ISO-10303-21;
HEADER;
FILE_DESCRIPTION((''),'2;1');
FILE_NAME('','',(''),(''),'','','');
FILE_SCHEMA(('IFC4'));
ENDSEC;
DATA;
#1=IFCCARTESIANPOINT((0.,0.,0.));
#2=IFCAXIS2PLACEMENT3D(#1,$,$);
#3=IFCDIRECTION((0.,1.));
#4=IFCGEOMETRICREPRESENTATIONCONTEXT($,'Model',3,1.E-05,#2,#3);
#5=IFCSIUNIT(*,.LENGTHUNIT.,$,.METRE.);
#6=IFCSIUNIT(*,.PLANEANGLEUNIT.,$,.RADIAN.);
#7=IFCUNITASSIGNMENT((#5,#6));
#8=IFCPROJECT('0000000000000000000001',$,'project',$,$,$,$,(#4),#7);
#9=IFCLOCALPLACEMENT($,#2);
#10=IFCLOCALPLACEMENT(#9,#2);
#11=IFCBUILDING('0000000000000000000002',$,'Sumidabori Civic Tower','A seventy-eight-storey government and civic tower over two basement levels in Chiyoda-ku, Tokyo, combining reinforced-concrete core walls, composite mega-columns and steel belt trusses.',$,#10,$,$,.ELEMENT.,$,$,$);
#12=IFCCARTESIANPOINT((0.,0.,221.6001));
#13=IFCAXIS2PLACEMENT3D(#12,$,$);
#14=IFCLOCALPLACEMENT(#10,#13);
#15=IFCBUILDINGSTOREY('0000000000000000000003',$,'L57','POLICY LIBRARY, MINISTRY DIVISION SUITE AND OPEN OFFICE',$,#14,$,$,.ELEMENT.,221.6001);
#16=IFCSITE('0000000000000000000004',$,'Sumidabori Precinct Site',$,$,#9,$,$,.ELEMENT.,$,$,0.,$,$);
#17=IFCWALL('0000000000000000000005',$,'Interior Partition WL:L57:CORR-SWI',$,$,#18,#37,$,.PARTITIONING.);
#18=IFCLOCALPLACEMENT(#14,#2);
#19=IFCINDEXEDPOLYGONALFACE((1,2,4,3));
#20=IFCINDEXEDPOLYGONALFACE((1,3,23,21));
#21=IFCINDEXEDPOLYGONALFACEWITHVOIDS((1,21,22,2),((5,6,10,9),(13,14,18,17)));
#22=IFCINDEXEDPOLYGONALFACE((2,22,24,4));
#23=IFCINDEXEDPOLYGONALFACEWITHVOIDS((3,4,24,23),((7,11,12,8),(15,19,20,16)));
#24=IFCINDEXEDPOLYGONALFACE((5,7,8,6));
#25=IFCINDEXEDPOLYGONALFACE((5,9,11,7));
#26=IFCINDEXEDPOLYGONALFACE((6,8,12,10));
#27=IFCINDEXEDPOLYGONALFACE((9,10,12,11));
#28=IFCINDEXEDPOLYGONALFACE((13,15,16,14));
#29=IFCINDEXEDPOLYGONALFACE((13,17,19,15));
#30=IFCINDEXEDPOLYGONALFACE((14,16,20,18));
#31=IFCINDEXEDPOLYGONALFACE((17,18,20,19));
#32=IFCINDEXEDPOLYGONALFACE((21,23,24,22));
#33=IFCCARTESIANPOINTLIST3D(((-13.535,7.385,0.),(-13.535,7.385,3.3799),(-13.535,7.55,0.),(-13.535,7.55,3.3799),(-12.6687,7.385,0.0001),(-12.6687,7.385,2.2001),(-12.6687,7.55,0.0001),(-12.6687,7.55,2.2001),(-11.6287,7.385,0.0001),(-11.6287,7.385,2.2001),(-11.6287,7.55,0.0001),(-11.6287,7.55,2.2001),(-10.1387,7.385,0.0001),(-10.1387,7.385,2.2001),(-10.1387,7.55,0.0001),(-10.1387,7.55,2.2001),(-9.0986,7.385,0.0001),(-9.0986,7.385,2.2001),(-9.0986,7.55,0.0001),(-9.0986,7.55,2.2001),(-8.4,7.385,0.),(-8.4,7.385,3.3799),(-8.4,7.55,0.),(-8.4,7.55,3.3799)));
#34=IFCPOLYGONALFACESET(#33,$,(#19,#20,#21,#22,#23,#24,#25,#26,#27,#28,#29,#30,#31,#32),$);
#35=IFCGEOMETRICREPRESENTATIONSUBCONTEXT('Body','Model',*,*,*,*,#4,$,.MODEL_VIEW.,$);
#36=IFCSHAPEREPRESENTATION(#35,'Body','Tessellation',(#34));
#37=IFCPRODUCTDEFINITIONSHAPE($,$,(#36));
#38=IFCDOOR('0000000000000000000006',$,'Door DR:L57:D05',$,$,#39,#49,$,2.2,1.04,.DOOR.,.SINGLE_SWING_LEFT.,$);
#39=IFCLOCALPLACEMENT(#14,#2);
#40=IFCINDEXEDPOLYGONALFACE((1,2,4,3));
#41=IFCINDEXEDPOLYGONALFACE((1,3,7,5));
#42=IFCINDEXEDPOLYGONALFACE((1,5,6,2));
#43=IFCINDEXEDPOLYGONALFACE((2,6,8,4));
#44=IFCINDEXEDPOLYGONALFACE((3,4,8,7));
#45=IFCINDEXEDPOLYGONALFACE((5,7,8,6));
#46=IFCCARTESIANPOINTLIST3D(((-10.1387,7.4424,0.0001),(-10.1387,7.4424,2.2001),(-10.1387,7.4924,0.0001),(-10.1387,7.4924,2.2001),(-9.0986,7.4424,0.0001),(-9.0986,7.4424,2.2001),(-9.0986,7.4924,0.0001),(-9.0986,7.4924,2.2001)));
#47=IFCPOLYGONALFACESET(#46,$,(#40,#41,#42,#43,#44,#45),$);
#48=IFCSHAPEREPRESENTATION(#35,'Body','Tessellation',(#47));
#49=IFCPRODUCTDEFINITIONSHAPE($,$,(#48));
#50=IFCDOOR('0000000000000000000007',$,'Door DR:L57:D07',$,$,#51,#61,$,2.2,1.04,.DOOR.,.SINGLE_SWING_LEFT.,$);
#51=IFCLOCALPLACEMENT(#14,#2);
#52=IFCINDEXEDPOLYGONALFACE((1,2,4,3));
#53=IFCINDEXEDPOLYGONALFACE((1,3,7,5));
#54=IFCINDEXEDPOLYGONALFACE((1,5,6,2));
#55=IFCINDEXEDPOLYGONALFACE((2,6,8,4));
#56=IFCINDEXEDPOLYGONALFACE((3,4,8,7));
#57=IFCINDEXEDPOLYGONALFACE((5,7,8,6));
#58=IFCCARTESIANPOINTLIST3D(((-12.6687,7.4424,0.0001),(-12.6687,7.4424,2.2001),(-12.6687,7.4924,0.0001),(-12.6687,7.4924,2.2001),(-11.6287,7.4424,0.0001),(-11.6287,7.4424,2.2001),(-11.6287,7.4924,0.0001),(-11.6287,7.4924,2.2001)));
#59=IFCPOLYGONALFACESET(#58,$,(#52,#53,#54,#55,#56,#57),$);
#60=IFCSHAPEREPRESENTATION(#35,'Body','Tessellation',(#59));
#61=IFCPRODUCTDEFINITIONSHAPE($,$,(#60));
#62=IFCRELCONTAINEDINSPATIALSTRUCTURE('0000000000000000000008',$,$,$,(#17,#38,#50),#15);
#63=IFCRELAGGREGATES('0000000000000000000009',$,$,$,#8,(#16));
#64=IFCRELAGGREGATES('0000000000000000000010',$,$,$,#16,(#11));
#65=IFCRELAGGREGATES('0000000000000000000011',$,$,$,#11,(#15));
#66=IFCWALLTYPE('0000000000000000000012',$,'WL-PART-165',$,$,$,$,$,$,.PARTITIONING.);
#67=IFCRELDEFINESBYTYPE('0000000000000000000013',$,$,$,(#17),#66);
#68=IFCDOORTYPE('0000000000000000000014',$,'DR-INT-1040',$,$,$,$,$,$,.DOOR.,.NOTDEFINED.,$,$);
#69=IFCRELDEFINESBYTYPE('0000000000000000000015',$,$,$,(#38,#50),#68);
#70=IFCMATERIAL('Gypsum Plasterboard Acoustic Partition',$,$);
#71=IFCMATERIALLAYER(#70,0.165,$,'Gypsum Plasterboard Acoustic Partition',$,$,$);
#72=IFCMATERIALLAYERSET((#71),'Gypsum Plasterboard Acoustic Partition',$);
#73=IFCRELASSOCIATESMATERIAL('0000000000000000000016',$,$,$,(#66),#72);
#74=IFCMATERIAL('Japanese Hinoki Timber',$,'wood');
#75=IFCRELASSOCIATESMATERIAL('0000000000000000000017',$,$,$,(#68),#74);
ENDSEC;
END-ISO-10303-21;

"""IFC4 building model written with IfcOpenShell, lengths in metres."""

from ifc_helpers import new_model, si_unit, direction, frame, frame_2d, origin, place, context, subcontext, project, spatial, rectangle, extrude, source, transform, mapped, material, layer, layer_set, type_object, element, fill, save


model = new_model("IFC4")

# Units and contexts
model_context = context("Model", 3, precision=1e-05, world=origin(), true_north=direction((0.0, 1.0)))
body_context = subcontext(model_context, "Body", "Model", "MODEL_VIEW")
ifc_project = project(units=[si_unit("LENGTHUNIT", "METRE"), si_unit("PLANEANGLEUNIT", "RADIAN")], contexts=[model_context])

# Site, building, storey
site_placement = place(None, origin())
site = spatial("IfcSite", under=ifc_project, at=site_placement, Name="Sumidabori Precinct Site", CompositionType="ELEMENT", RefElevation=0.0)
building_placement = place(site_placement, origin())
building = spatial("IfcBuilding", under=site, at=building_placement, Name="Sumidabori Civic Tower", Description="A seventy-eight-storey government and civic tower over two basement levels in Chiyoda-ku, Tokyo, combining reinforced-concrete core walls, composite mega-columns and steel belt trusses.", CompositionType="ELEMENT")
storey_placement = place(building_placement, frame((0.0, 0.0, 221.6001)))
storey = spatial("IfcBuildingStorey", under=building, at=storey_placement, Name="L57", Description="POLICY LIBRARY, MINISTRY DIVISION SUITE AND OPEN OFFICE", CompositionType="ELEMENT", Elevation=221.6001)

# Shared definitions
ifc_material_1 = material(Name="Japanese Hinoki Timber", Category="wood")

# Wall, openings, doors
ifc_material_2 = material(Name="Gypsum Plasterboard Acoustic Partition")
ifc_layer_1 = layer(ifc_material_2, 0.165, Name="Gypsum Plasterboard Acoustic Partition")
ifc_layer_set_1 = layer_set([ifc_layer_1], Name="Gypsum Plasterboard Acoustic Partition")
wall_type_1 = type_object("IfcWallType", Name="WL-PART-165", PredefinedType="PARTITIONING", material=ifc_layer_set_1)
shared_shape_1 = source(origin(), body_context, "Body", "SweptSolid", [
    extrude(rectangle(XDim=5.135, YDim=0.165, at=frame_2d((2.5674, 0.0))), origin(), (0.0, 0.0, 1.0), 3.3799),
])
wall_1_placement = place(storey_placement, frame((-13.5349, 7.4675, 0.0), z_axis=(0.0, 0.0, 1.0), x_axis=(1.0, 0.0, 0.0)))
wall_1 = element("IfcWall", 1, at=wall_1_placement, inside=storey, type_object=wall_type_1, Name="Interior Partition WL:L57:CORR-SWI", PredefinedType="PARTITIONING", context=body_context, shape_type="MappedRepresentation", body=[
    mapped(shared_shape_1, transform((0.0, 0.0, 0.0), x_axis=(1.0, 0.0, 0.0), y_axis=(0.0, 1.0, 0.0), z_axis=(0.0, 0.0, 1.0), scale=1.0)),
])
opening_1_placement = place(wall_1_placement, frame((3.3962, 0.0, 0.0)))
opening_1 = element("IfcOpeningElement", 2, at=opening_1_placement, cuts=wall_1, PredefinedType="OPENING", context=body_context, shape_type="SweptSolid", body=[
    extrude(rectangle(XDim=1.04, YDim=2.2, at=frame_2d((0.52, 1.1001))), frame((0.0, 0.0945, 0.0), z_axis=(0.0, -1.0, 0.0), x_axis=(1.0, 0.0, 0.0)), (0.0, 0.0, 1.0), 0.189),
])
opening_2_placement = place(wall_1_placement, frame((0.8662, 0.0, 0.0)))
opening_2 = element("IfcOpeningElement", 3, at=opening_2_placement, cuts=wall_1, PredefinedType="OPENING", context=body_context, shape_type="SweptSolid", body=[
    extrude(rectangle(XDim=1.04, YDim=2.2, at=frame_2d((0.52, 1.1001))), frame((0.0, 0.0945, 0.0), z_axis=(0.0, -1.0, 0.0), x_axis=(1.0, 0.0, 0.0)), (0.0, 0.0, 1.0), 0.189),
])
door_type_1 = type_object("IfcDoorType", Name="DR-INT-1040", OperationType="NOTDEFINED", PredefinedType="DOOR", material=ifc_material_1)
shared_shape_2 = source(origin(), body_context, "Body", "SweptSolid", [
    extrude(rectangle(XDim=1.04, YDim=2.2, at=frame_2d((0.52, 1.1001))), frame((0.0, 0.0249, 0.0), z_axis=(0.0, -1.0, 0.0), x_axis=(1.0, 0.0, 0.0)), (0.0, 0.0, 1.0), 0.05),
])
door_1_placement = place(opening_1_placement, origin())
door_1 = element("IfcDoor", 4, at=door_1_placement, inside=storey, type_object=door_type_1, Name="Door DR:L57:D05", OperationType="SINGLE_SWING_LEFT", OverallHeight=2.2, OverallWidth=1.04, PredefinedType="DOOR", context=body_context, shape_type="MappedRepresentation", body=[
    mapped(shared_shape_2, transform((0.0, 0.0, 0.0), x_axis=(1.0, 0.0, 0.0), y_axis=(0.0, 1.0, 0.0), z_axis=(0.0, 0.0, 1.0), scale=1.0)),
])
fill(opening_1, door_1)
door_2_placement = place(opening_2_placement, origin())
door_2 = element("IfcDoor", 5, at=door_2_placement, inside=storey, type_object=door_type_1, Name="Door DR:L57:D07", OperationType="SINGLE_SWING_LEFT", OverallHeight=2.2, OverallWidth=1.04, PredefinedType="DOOR", context=body_context, shape_type="MappedRepresentation", body=[
    mapped(shared_shape_2, transform((0.0, 0.0, 0.0), x_axis=(1.0, 0.0, 0.0), y_axis=(0.0, 1.0, 0.0), z_axis=(0.0, 0.0, 1.0), scale=1.0)),
])
fill(opening_2, door_2)

save(model, "model.ifc")
